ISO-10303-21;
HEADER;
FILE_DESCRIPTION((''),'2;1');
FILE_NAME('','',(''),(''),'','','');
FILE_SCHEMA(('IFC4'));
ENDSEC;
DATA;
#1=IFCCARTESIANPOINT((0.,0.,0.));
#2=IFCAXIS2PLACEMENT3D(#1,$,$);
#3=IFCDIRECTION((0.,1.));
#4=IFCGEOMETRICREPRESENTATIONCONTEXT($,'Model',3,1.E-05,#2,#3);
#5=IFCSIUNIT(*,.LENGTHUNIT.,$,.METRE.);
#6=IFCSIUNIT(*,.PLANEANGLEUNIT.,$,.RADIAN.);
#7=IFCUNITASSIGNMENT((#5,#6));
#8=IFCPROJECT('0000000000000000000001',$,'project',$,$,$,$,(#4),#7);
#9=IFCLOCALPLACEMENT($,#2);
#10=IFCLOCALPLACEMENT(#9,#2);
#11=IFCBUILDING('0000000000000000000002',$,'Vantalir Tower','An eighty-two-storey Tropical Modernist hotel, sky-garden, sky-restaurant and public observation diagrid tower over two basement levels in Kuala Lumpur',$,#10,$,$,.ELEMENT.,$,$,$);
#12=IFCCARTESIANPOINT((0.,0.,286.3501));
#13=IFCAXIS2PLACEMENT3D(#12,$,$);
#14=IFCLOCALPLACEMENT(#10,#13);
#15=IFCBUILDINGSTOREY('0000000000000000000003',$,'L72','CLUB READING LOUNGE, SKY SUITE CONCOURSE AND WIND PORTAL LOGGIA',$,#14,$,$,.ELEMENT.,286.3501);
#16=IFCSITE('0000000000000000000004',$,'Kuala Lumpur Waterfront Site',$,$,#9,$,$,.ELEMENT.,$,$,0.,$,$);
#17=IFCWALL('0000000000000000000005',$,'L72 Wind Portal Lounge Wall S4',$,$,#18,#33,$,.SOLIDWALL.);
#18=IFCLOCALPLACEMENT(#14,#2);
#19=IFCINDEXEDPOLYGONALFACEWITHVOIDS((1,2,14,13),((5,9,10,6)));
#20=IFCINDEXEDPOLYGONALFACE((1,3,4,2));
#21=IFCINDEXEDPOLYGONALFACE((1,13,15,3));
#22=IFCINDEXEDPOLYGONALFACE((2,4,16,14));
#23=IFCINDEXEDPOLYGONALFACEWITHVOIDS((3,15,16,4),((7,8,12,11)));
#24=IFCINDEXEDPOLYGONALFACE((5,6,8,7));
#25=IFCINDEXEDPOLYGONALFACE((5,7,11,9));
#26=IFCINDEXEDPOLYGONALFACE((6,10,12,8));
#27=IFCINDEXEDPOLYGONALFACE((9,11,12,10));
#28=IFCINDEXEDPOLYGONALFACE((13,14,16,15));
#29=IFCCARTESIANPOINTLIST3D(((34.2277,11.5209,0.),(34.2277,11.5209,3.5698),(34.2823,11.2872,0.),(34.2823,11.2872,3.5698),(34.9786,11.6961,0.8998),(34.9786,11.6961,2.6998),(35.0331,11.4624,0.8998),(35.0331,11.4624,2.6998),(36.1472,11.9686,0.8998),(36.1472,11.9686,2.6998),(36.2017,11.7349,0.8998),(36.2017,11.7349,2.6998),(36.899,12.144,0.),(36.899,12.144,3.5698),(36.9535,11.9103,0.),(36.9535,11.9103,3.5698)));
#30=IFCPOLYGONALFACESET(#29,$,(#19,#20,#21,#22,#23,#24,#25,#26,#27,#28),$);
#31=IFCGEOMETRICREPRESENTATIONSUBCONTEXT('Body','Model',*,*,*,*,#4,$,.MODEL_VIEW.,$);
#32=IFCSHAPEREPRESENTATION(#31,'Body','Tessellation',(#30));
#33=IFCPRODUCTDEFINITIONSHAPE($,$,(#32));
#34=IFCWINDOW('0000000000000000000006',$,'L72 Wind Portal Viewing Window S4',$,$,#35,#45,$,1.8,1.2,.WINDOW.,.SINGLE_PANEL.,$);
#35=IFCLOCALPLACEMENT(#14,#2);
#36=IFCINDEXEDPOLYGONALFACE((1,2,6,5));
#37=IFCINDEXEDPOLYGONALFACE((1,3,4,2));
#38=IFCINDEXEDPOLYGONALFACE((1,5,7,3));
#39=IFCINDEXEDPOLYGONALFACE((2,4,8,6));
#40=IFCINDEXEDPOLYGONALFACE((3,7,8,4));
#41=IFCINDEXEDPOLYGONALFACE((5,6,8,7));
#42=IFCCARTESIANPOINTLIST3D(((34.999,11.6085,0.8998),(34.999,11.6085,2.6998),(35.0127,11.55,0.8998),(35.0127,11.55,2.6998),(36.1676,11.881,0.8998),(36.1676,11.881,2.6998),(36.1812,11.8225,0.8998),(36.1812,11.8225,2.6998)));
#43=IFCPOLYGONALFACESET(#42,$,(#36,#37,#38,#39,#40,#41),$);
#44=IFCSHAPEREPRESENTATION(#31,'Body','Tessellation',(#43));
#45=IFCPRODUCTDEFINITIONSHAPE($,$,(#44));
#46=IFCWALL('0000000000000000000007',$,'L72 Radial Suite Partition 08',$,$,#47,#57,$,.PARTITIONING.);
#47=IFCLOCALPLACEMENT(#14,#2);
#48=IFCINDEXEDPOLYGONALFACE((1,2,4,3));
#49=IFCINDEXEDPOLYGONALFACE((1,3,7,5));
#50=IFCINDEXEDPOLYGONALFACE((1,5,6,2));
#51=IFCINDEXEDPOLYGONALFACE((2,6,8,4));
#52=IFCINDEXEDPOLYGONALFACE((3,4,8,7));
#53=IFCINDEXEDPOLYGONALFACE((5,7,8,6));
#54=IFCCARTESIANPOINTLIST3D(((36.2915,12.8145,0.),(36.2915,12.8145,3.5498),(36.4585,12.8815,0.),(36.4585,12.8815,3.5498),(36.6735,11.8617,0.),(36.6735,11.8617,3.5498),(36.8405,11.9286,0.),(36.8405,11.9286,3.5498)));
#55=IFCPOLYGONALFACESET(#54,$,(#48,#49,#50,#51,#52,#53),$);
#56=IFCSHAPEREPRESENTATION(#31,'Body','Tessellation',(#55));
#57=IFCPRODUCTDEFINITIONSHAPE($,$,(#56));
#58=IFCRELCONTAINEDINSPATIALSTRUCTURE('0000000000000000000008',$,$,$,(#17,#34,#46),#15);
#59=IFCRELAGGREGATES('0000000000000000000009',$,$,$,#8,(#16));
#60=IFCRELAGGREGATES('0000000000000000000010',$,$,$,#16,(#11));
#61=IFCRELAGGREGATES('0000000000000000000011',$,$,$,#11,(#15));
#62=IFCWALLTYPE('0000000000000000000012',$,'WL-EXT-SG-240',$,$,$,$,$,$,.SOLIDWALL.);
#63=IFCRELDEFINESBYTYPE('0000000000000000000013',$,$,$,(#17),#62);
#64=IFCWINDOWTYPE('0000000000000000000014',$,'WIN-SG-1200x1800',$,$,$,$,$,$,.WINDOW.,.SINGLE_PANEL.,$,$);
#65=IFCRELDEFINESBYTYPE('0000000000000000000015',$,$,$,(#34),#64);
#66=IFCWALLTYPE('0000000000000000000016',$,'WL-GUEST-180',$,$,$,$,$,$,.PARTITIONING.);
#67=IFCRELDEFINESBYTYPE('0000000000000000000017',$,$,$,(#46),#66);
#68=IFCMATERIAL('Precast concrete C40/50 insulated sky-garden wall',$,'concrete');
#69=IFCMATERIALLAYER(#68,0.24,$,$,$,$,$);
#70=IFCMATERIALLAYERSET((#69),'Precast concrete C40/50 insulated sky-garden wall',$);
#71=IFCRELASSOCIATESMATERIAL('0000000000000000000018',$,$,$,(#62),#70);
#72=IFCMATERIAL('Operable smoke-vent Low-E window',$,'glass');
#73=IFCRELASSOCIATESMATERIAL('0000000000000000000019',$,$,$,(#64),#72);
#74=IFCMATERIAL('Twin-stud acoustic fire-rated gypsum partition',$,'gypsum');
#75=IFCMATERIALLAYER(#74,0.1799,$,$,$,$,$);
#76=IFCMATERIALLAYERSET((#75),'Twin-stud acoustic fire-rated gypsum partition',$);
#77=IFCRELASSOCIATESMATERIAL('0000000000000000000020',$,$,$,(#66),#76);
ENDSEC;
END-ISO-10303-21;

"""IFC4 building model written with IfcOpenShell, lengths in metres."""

from ifc_helpers import new_model, si_unit, direction, frame, frame_2d, origin, place, context, subcontext, project, spatial, rectangle, extrude, material, layer, layer_set, type_object, element, fill, save


model = new_model("IFC4")

# Units and contexts
model_context = context("Model", 3, precision=1e-05, world=origin(), true_north=direction((0.0, 1.0)))
body_context = subcontext(model_context, "Body", "Model", "MODEL_VIEW")
ifc_project = project(units=[si_unit("LENGTHUNIT", "METRE"), si_unit("PLANEANGLEUNIT", "RADIAN")], contexts=[model_context])

# Site, building, storey
site_placement = place(None, origin())
site = spatial("IfcSite", under=ifc_project, at=site_placement, Name="Kuala Lumpur Waterfront Site", CompositionType="ELEMENT", RefElevation=0.0)
building_placement = place(site_placement, origin())
building = spatial("IfcBuilding", under=site, at=building_placement, Name="Vantalir Tower", Description="An eighty-two-storey Tropical Modernist hotel, sky-garden, sky-restaurant and public observation diagrid tower over two basement levels in Kuala Lumpur", CompositionType="ELEMENT")
storey_placement = place(building_placement, frame((0.0, 0.0, 286.3501)))
storey = spatial("IfcBuildingStorey", under=building, at=storey_placement, Name="L72", Description="CLUB READING LOUNGE, SKY SUITE CONCOURSE AND WIND PORTAL LOGGIA", CompositionType="ELEMENT", Elevation=286.3501)

# Shared definitions
ifc_material_1 = material(Name="Precast concrete C40/50 insulated sky-garden wall", Category="concrete")
ifc_layer_1 = layer(ifc_material_1, 0.24)
ifc_layer_set_1 = layer_set([ifc_layer_1], Name="Precast concrete C40/50 insulated sky-garden wall")
wall_type_1 = type_object("IfcWallType", Name="WL-EXT-SG-240", PredefinedType="SOLIDWALL", material=ifc_layer_set_1)

# Wall, opening, window
ifc_material_2 = material(Name="Operable smoke-vent Low-E window", Category="glass")
window_type = type_object("IfcWindowType", Name="WIN-SG-1200x1800", PartitioningType="SINGLE_PANEL", PredefinedType="WINDOW", material=ifc_material_2)
wall_1_placement = place(storey_placement, frame((34.2549, 11.4041, 0.0), z_axis=(0.0, 0.0, 1.0), x_axis=(0.973859, 0.227154, 0.0)))
wall_1 = element("IfcWall", 1, at=wall_1_placement, inside=storey, type_object=wall_type_1, Name="L72 Wind Portal Lounge Wall S4", PredefinedType="SOLIDWALL", context=body_context, shape_type="SweptSolid", body=[
    extrude(rectangle(XDim=2.7429, YDim=0.24, at=frame_2d((1.3716, 0.0))), origin(), (0.0, 0.0, 1.0), 3.5698),
])
opening_1_placement = place(wall_1_placement, frame((0.771, 0.0, 0.8999)))
opening_1 = element("IfcOpeningElement", 2, at=opening_1_placement, cuts=wall_1, PredefinedType="OPENING", context=body_context, shape_type="SweptSolid", body=[
    extrude(rectangle(XDim=1.2, YDim=1.8, at=frame_2d((0.6001, 0.8999))), frame((0.0, 0.1299, 0.0), z_axis=(0.0, -1.0, 0.0), x_axis=(1.0, 0.0, 0.0)), (0.0, 0.0, 1.0), 0.26),
])
window_1_placement = place(opening_1_placement, origin())
window_1 = element("IfcWindow", 3, at=window_1_placement, inside=storey, type_object=window_type, Name="L72 Wind Portal Viewing Window S4", OverallHeight=1.8, OverallWidth=1.2, PartitioningType="SINGLE_PANEL", PredefinedType="WINDOW", context=body_context, shape_type="SweptSolid", body=[
    extrude(rectangle(XDim=1.2, YDim=1.8, at=frame_2d((0.6001, 0.8999))), frame((0.0, 0.03, 0.0), z_axis=(0.0, -1.0, 0.0), x_axis=(1.0, 0.0, 0.0)), (0.0, 0.0, 1.0), 0.0601),
])
fill(opening_1, window_1)

# Wall
ifc_material_3 = material(Name="Twin-stud acoustic fire-rated gypsum partition", Category="gypsum")
ifc_layer_2 = layer(ifc_material_3, 0.1799)
ifc_layer_set_2 = layer_set([ifc_layer_2], Name="Twin-stud acoustic fire-rated gypsum partition")
wall_type_2 = type_object("IfcWallType", Name="WL-GUEST-180", PredefinedType="PARTITIONING", material=ifc_layer_set_2)
wall_2_placement = place(storey_placement, frame((36.375, 12.8479, 0.0), z_axis=(0.0, 0.0, 1.0), x_axis=(0.37217, -0.928165, 0.0)))
element("IfcWall", 4, at=wall_2_placement, inside=storey, type_object=wall_type_2, Name="L72 Radial Suite Partition 08", PredefinedType="PARTITIONING", context=body_context, shape_type="SweptSolid", body=[
    extrude(rectangle(XDim=1.0266, YDim=0.1799, at=frame_2d((0.5132, 0.0))), origin(), (0.0, 0.0, 1.0), 3.5498),
])

save(model, "model.ifc")
